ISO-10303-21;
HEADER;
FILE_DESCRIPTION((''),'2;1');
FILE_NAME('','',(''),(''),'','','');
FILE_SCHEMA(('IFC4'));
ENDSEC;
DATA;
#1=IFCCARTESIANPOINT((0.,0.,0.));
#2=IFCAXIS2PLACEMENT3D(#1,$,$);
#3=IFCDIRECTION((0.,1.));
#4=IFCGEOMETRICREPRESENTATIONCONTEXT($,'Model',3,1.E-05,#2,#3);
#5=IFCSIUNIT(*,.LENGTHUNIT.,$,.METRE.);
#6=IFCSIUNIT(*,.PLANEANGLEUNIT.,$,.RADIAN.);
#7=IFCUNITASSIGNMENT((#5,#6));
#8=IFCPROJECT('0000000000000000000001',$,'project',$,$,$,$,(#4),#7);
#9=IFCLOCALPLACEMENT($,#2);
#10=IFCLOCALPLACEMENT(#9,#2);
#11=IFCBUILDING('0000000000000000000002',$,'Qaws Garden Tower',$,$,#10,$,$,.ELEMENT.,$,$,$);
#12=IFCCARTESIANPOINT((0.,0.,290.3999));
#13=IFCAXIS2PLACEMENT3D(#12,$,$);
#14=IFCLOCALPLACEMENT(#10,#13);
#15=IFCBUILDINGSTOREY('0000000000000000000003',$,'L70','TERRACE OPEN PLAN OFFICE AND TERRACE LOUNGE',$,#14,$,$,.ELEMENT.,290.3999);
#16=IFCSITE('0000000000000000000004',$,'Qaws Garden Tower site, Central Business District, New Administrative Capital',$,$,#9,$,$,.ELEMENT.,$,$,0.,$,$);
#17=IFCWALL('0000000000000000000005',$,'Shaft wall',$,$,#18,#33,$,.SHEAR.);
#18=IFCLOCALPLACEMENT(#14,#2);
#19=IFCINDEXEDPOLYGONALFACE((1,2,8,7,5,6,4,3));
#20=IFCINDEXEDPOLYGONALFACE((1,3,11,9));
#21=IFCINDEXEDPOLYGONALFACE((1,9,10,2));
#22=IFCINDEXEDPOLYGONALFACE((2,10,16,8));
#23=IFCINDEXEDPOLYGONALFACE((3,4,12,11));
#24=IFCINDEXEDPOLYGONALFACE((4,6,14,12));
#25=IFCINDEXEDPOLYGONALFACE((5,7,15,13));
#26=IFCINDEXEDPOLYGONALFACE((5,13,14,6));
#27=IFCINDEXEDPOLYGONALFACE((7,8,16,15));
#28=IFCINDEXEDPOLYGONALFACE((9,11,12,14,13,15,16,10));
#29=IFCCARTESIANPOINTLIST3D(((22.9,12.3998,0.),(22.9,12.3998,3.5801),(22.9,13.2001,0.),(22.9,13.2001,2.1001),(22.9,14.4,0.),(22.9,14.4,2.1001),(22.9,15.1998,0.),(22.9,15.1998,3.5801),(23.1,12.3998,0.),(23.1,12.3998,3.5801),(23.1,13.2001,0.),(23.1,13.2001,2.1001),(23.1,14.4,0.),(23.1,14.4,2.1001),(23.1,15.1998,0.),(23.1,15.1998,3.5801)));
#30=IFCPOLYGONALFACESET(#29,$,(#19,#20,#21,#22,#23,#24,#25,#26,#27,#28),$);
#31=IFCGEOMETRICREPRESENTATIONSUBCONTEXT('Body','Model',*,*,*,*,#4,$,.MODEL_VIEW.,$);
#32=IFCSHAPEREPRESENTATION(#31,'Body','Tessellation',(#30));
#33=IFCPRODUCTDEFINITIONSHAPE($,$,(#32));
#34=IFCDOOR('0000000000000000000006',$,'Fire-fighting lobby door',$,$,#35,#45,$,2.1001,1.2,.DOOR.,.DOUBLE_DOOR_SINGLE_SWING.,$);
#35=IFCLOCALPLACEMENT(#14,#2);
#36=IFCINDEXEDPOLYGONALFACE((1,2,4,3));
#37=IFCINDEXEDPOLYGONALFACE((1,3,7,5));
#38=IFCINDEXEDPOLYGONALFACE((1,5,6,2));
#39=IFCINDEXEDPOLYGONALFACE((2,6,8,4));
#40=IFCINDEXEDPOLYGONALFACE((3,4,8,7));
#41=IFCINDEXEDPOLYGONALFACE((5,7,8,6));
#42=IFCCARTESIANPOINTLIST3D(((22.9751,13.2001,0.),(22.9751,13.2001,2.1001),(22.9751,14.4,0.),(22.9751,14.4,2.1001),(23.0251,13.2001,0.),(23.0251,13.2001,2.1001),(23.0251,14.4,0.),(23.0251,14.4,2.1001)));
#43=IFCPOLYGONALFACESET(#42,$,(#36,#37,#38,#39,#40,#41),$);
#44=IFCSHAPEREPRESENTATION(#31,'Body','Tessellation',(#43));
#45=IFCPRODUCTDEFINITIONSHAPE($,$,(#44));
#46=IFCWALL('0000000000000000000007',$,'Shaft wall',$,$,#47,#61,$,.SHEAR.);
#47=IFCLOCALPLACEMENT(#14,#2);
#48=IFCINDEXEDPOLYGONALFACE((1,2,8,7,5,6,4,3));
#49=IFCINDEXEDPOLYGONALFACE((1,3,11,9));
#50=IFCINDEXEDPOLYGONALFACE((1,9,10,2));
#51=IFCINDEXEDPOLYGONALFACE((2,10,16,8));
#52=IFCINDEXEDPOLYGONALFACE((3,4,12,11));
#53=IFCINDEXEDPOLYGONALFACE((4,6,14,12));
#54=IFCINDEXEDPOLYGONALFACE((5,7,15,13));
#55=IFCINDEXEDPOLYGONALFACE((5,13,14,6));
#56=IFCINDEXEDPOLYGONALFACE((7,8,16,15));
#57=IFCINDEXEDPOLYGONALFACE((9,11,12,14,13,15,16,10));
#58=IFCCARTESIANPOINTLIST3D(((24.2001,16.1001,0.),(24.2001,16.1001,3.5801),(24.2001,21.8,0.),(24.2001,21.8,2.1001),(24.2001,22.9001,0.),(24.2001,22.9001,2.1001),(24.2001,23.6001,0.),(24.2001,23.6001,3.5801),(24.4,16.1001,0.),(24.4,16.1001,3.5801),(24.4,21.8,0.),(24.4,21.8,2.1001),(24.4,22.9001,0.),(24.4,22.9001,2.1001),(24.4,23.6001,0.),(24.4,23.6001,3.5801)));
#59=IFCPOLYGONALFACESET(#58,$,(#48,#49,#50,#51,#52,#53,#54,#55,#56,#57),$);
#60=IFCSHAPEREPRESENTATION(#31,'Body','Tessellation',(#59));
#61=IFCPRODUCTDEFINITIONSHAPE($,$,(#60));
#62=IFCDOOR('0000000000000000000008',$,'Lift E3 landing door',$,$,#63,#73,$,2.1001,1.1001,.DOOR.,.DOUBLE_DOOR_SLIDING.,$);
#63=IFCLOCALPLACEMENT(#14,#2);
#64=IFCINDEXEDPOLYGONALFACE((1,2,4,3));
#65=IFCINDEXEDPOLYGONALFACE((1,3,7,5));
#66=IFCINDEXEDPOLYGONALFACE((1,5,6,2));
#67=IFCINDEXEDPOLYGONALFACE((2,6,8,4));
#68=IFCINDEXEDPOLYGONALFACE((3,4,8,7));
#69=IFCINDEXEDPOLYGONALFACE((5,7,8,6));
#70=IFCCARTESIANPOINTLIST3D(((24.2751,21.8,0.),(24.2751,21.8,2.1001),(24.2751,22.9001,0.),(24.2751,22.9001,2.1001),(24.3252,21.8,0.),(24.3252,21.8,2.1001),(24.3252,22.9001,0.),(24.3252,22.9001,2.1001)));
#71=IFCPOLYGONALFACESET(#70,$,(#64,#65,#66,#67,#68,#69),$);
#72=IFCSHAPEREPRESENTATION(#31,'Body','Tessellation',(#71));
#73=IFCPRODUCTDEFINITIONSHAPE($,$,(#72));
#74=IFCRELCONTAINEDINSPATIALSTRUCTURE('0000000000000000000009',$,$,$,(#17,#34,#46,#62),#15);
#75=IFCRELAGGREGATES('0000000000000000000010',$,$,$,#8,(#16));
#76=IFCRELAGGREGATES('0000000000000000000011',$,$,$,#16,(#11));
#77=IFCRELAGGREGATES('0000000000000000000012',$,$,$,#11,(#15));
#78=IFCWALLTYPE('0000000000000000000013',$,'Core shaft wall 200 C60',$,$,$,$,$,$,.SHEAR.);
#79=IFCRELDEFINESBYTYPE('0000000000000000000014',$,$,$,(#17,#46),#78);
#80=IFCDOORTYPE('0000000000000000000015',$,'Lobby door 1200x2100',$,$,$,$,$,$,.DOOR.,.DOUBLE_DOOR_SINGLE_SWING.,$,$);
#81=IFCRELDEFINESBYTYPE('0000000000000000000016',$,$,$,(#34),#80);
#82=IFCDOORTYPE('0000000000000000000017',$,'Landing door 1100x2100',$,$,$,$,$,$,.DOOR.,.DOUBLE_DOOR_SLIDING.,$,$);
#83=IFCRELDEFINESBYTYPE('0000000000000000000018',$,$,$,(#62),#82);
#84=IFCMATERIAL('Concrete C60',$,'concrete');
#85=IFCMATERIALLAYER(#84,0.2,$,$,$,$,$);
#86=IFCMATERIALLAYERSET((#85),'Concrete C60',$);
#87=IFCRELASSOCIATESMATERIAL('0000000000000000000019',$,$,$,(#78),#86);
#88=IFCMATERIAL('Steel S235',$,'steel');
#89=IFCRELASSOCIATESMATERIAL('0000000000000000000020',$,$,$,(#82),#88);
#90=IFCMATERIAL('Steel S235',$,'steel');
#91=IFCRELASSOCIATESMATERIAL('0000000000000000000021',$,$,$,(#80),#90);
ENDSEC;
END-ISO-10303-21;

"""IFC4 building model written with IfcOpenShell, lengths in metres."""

from ifc_helpers import new_model, si_unit, direction, frame, frame_2d, origin, place, context, subcontext, project, spatial, rectangle, extrude, material, layer, layer_set, type_object, element, fill, save


model = new_model("IFC4")

# Units and contexts
model_context = context("Model", 3, precision=1e-05, world=origin(), true_north=direction((0.0, 1.0)))
body_context = subcontext(model_context, "Body", "Model", "MODEL_VIEW")
ifc_project = project(units=[si_unit("LENGTHUNIT", "METRE"), si_unit("PLANEANGLEUNIT", "RADIAN")], contexts=[model_context])

# Site, building, storey
site_placement = place(None, origin())
site = spatial("IfcSite", under=ifc_project, at=site_placement, Name="Qaws Garden Tower site, Central Business District, New Administrative Capital", CompositionType="ELEMENT", RefElevation=0.0)
building_placement = place(site_placement, origin())
building = spatial("IfcBuilding", under=site, at=building_placement, Name="Qaws Garden Tower", CompositionType="ELEMENT")
storey_placement = place(building_placement, frame((0.0, 0.0, 290.3999)))
storey = spatial("IfcBuildingStorey", under=building, at=storey_placement, Name="L70", Description="TERRACE OPEN PLAN OFFICE AND TERRACE LOUNGE", CompositionType="ELEMENT", Elevation=290.3999)

# Shared definitions
ifc_material_1 = material(Name="Concrete C60", Category="concrete")
ifc_layer_1 = layer(ifc_material_1, 0.2)
ifc_layer_set_1 = layer_set([ifc_layer_1], Name="Concrete C60")
wall_type_1 = type_object("IfcWallType", Name="Core shaft wall 200 C60", PredefinedType="SHEAR", material=ifc_layer_set_1)
ifc_material_2 = material(Name="Steel S235", Category="steel")
door_type_1 = type_object("IfcDoorType", Name="Landing door 1100x2100", OperationType="DOUBLE_DOOR_SLIDING", PredefinedType="DOOR", material=ifc_material_2)

# Walls, openings, doors
wall_1_placement = place(storey_placement, frame((23.0, 12.3999, 0.0), z_axis=(0.0, 0.0, 1.0), x_axis=(0.0, 1.0, 0.0)))
wall_1 = element("IfcWall", 1, at=wall_1_placement, inside=storey, type_object=wall_type_1, Name="Shaft wall", PredefinedType="SHEAR", context=body_context, shape_type="SweptSolid", body=[
    extrude(rectangle(XDim=2.8, YDim=0.2, at=frame_2d((1.3999, 0.0))), origin(), (0.0, 0.0, 1.0), 3.5801),
])
opening_1_placement = place(wall_1_placement, frame((0.8, 0.0, 0.0)))
opening_1 = element("IfcOpeningElement", 2, at=opening_1_placement, cuts=wall_1, PredefinedType="OPENING", context=body_context, shape_type="SweptSolid", body=[
    extrude(rectangle(XDim=1.2, YDim=2.1001, at=frame_2d((0.6001, 1.05))), frame((0.0, 0.1099, 0.0), z_axis=(0.0, -1.0, 0.0), x_axis=(1.0, 0.0, 0.0)), (0.0, 0.0, 1.0), 0.22),
])
ifc_material_3 = material(Name="Steel S235", Category="steel")
door_type_2 = type_object("IfcDoorType", Name="Lobby door 1200x2100", OperationType="DOUBLE_DOOR_SINGLE_SWING", PredefinedType="DOOR", material=ifc_material_3)
door_1_placement = place(opening_1_placement, origin())
door_1 = element("IfcDoor", 3, at=door_1_placement, inside=storey, type_object=door_type_2, Name="Fire-fighting lobby door", OperationType="DOUBLE_DOOR_SINGLE_SWING", OverallHeight=2.1001, OverallWidth=1.2, PredefinedType="DOOR", context=body_context, shape_type="SweptSolid", body=[
    extrude(rectangle(XDim=1.2, YDim=2.1001, at=frame_2d((0.6001, 1.05))), frame((0.0, 0.0249, 0.0), z_axis=(0.0, -1.0, 0.0), x_axis=(1.0, 0.0, 0.0)), (0.0, 0.0, 1.0), 0.05),
])
fill(opening_1, door_1)
wall_2_placement = place(storey_placement, frame((24.3, 16.1001, 0.0), z_axis=(0.0, 0.0, 1.0), x_axis=(0.0, 1.0, 0.0)))
wall_2 = element("IfcWall", 4, at=wall_2_placement, inside=storey, type_object=wall_type_1, Name="Shaft wall", PredefinedType="SHEAR", context=body_context, shape_type="SweptSolid", body=[
    extrude(rectangle(XDim=7.5, YDim=0.2, at=frame_2d((3.75, 0.0))), origin(), (0.0, 0.0, 1.0), 3.5801),
])
opening_2_placement = place(wall_2_placement, frame((5.7, 0.0, 0.0)))
opening_2 = element("IfcOpeningElement", 5, at=opening_2_placement, cuts=wall_2, PredefinedType="OPENING", context=body_context, shape_type="SweptSolid", body=[
    extrude(rectangle(XDim=1.1001, YDim=2.1001, at=frame_2d((0.55, 1.05))), frame((0.0, 0.1099, 0.0), z_axis=(0.0, -1.0, 0.0), x_axis=(1.0, 0.0, 0.0)), (0.0, 0.0, 1.0), 0.22),
])
door_2_placement = place(opening_2_placement, origin())
door_2 = element("IfcDoor", 6, at=door_2_placement, inside=storey, type_object=door_type_1, Name="Lift E3 landing door", OperationType="DOUBLE_DOOR_SLIDING", OverallHeight=2.1001, OverallWidth=1.1001, PredefinedType="DOOR", context=body_context, shape_type="SweptSolid", body=[
    extrude(rectangle(XDim=1.1001, YDim=2.1001, at=frame_2d((0.55, 1.05))), frame((0.0, 0.0249, 0.0), z_axis=(0.0, -1.0, 0.0), x_axis=(1.0, 0.0, 0.0)), (0.0, 0.0, 1.0), 0.05),
])
fill(opening_2, door_2)

save(model, "model.ifc")
